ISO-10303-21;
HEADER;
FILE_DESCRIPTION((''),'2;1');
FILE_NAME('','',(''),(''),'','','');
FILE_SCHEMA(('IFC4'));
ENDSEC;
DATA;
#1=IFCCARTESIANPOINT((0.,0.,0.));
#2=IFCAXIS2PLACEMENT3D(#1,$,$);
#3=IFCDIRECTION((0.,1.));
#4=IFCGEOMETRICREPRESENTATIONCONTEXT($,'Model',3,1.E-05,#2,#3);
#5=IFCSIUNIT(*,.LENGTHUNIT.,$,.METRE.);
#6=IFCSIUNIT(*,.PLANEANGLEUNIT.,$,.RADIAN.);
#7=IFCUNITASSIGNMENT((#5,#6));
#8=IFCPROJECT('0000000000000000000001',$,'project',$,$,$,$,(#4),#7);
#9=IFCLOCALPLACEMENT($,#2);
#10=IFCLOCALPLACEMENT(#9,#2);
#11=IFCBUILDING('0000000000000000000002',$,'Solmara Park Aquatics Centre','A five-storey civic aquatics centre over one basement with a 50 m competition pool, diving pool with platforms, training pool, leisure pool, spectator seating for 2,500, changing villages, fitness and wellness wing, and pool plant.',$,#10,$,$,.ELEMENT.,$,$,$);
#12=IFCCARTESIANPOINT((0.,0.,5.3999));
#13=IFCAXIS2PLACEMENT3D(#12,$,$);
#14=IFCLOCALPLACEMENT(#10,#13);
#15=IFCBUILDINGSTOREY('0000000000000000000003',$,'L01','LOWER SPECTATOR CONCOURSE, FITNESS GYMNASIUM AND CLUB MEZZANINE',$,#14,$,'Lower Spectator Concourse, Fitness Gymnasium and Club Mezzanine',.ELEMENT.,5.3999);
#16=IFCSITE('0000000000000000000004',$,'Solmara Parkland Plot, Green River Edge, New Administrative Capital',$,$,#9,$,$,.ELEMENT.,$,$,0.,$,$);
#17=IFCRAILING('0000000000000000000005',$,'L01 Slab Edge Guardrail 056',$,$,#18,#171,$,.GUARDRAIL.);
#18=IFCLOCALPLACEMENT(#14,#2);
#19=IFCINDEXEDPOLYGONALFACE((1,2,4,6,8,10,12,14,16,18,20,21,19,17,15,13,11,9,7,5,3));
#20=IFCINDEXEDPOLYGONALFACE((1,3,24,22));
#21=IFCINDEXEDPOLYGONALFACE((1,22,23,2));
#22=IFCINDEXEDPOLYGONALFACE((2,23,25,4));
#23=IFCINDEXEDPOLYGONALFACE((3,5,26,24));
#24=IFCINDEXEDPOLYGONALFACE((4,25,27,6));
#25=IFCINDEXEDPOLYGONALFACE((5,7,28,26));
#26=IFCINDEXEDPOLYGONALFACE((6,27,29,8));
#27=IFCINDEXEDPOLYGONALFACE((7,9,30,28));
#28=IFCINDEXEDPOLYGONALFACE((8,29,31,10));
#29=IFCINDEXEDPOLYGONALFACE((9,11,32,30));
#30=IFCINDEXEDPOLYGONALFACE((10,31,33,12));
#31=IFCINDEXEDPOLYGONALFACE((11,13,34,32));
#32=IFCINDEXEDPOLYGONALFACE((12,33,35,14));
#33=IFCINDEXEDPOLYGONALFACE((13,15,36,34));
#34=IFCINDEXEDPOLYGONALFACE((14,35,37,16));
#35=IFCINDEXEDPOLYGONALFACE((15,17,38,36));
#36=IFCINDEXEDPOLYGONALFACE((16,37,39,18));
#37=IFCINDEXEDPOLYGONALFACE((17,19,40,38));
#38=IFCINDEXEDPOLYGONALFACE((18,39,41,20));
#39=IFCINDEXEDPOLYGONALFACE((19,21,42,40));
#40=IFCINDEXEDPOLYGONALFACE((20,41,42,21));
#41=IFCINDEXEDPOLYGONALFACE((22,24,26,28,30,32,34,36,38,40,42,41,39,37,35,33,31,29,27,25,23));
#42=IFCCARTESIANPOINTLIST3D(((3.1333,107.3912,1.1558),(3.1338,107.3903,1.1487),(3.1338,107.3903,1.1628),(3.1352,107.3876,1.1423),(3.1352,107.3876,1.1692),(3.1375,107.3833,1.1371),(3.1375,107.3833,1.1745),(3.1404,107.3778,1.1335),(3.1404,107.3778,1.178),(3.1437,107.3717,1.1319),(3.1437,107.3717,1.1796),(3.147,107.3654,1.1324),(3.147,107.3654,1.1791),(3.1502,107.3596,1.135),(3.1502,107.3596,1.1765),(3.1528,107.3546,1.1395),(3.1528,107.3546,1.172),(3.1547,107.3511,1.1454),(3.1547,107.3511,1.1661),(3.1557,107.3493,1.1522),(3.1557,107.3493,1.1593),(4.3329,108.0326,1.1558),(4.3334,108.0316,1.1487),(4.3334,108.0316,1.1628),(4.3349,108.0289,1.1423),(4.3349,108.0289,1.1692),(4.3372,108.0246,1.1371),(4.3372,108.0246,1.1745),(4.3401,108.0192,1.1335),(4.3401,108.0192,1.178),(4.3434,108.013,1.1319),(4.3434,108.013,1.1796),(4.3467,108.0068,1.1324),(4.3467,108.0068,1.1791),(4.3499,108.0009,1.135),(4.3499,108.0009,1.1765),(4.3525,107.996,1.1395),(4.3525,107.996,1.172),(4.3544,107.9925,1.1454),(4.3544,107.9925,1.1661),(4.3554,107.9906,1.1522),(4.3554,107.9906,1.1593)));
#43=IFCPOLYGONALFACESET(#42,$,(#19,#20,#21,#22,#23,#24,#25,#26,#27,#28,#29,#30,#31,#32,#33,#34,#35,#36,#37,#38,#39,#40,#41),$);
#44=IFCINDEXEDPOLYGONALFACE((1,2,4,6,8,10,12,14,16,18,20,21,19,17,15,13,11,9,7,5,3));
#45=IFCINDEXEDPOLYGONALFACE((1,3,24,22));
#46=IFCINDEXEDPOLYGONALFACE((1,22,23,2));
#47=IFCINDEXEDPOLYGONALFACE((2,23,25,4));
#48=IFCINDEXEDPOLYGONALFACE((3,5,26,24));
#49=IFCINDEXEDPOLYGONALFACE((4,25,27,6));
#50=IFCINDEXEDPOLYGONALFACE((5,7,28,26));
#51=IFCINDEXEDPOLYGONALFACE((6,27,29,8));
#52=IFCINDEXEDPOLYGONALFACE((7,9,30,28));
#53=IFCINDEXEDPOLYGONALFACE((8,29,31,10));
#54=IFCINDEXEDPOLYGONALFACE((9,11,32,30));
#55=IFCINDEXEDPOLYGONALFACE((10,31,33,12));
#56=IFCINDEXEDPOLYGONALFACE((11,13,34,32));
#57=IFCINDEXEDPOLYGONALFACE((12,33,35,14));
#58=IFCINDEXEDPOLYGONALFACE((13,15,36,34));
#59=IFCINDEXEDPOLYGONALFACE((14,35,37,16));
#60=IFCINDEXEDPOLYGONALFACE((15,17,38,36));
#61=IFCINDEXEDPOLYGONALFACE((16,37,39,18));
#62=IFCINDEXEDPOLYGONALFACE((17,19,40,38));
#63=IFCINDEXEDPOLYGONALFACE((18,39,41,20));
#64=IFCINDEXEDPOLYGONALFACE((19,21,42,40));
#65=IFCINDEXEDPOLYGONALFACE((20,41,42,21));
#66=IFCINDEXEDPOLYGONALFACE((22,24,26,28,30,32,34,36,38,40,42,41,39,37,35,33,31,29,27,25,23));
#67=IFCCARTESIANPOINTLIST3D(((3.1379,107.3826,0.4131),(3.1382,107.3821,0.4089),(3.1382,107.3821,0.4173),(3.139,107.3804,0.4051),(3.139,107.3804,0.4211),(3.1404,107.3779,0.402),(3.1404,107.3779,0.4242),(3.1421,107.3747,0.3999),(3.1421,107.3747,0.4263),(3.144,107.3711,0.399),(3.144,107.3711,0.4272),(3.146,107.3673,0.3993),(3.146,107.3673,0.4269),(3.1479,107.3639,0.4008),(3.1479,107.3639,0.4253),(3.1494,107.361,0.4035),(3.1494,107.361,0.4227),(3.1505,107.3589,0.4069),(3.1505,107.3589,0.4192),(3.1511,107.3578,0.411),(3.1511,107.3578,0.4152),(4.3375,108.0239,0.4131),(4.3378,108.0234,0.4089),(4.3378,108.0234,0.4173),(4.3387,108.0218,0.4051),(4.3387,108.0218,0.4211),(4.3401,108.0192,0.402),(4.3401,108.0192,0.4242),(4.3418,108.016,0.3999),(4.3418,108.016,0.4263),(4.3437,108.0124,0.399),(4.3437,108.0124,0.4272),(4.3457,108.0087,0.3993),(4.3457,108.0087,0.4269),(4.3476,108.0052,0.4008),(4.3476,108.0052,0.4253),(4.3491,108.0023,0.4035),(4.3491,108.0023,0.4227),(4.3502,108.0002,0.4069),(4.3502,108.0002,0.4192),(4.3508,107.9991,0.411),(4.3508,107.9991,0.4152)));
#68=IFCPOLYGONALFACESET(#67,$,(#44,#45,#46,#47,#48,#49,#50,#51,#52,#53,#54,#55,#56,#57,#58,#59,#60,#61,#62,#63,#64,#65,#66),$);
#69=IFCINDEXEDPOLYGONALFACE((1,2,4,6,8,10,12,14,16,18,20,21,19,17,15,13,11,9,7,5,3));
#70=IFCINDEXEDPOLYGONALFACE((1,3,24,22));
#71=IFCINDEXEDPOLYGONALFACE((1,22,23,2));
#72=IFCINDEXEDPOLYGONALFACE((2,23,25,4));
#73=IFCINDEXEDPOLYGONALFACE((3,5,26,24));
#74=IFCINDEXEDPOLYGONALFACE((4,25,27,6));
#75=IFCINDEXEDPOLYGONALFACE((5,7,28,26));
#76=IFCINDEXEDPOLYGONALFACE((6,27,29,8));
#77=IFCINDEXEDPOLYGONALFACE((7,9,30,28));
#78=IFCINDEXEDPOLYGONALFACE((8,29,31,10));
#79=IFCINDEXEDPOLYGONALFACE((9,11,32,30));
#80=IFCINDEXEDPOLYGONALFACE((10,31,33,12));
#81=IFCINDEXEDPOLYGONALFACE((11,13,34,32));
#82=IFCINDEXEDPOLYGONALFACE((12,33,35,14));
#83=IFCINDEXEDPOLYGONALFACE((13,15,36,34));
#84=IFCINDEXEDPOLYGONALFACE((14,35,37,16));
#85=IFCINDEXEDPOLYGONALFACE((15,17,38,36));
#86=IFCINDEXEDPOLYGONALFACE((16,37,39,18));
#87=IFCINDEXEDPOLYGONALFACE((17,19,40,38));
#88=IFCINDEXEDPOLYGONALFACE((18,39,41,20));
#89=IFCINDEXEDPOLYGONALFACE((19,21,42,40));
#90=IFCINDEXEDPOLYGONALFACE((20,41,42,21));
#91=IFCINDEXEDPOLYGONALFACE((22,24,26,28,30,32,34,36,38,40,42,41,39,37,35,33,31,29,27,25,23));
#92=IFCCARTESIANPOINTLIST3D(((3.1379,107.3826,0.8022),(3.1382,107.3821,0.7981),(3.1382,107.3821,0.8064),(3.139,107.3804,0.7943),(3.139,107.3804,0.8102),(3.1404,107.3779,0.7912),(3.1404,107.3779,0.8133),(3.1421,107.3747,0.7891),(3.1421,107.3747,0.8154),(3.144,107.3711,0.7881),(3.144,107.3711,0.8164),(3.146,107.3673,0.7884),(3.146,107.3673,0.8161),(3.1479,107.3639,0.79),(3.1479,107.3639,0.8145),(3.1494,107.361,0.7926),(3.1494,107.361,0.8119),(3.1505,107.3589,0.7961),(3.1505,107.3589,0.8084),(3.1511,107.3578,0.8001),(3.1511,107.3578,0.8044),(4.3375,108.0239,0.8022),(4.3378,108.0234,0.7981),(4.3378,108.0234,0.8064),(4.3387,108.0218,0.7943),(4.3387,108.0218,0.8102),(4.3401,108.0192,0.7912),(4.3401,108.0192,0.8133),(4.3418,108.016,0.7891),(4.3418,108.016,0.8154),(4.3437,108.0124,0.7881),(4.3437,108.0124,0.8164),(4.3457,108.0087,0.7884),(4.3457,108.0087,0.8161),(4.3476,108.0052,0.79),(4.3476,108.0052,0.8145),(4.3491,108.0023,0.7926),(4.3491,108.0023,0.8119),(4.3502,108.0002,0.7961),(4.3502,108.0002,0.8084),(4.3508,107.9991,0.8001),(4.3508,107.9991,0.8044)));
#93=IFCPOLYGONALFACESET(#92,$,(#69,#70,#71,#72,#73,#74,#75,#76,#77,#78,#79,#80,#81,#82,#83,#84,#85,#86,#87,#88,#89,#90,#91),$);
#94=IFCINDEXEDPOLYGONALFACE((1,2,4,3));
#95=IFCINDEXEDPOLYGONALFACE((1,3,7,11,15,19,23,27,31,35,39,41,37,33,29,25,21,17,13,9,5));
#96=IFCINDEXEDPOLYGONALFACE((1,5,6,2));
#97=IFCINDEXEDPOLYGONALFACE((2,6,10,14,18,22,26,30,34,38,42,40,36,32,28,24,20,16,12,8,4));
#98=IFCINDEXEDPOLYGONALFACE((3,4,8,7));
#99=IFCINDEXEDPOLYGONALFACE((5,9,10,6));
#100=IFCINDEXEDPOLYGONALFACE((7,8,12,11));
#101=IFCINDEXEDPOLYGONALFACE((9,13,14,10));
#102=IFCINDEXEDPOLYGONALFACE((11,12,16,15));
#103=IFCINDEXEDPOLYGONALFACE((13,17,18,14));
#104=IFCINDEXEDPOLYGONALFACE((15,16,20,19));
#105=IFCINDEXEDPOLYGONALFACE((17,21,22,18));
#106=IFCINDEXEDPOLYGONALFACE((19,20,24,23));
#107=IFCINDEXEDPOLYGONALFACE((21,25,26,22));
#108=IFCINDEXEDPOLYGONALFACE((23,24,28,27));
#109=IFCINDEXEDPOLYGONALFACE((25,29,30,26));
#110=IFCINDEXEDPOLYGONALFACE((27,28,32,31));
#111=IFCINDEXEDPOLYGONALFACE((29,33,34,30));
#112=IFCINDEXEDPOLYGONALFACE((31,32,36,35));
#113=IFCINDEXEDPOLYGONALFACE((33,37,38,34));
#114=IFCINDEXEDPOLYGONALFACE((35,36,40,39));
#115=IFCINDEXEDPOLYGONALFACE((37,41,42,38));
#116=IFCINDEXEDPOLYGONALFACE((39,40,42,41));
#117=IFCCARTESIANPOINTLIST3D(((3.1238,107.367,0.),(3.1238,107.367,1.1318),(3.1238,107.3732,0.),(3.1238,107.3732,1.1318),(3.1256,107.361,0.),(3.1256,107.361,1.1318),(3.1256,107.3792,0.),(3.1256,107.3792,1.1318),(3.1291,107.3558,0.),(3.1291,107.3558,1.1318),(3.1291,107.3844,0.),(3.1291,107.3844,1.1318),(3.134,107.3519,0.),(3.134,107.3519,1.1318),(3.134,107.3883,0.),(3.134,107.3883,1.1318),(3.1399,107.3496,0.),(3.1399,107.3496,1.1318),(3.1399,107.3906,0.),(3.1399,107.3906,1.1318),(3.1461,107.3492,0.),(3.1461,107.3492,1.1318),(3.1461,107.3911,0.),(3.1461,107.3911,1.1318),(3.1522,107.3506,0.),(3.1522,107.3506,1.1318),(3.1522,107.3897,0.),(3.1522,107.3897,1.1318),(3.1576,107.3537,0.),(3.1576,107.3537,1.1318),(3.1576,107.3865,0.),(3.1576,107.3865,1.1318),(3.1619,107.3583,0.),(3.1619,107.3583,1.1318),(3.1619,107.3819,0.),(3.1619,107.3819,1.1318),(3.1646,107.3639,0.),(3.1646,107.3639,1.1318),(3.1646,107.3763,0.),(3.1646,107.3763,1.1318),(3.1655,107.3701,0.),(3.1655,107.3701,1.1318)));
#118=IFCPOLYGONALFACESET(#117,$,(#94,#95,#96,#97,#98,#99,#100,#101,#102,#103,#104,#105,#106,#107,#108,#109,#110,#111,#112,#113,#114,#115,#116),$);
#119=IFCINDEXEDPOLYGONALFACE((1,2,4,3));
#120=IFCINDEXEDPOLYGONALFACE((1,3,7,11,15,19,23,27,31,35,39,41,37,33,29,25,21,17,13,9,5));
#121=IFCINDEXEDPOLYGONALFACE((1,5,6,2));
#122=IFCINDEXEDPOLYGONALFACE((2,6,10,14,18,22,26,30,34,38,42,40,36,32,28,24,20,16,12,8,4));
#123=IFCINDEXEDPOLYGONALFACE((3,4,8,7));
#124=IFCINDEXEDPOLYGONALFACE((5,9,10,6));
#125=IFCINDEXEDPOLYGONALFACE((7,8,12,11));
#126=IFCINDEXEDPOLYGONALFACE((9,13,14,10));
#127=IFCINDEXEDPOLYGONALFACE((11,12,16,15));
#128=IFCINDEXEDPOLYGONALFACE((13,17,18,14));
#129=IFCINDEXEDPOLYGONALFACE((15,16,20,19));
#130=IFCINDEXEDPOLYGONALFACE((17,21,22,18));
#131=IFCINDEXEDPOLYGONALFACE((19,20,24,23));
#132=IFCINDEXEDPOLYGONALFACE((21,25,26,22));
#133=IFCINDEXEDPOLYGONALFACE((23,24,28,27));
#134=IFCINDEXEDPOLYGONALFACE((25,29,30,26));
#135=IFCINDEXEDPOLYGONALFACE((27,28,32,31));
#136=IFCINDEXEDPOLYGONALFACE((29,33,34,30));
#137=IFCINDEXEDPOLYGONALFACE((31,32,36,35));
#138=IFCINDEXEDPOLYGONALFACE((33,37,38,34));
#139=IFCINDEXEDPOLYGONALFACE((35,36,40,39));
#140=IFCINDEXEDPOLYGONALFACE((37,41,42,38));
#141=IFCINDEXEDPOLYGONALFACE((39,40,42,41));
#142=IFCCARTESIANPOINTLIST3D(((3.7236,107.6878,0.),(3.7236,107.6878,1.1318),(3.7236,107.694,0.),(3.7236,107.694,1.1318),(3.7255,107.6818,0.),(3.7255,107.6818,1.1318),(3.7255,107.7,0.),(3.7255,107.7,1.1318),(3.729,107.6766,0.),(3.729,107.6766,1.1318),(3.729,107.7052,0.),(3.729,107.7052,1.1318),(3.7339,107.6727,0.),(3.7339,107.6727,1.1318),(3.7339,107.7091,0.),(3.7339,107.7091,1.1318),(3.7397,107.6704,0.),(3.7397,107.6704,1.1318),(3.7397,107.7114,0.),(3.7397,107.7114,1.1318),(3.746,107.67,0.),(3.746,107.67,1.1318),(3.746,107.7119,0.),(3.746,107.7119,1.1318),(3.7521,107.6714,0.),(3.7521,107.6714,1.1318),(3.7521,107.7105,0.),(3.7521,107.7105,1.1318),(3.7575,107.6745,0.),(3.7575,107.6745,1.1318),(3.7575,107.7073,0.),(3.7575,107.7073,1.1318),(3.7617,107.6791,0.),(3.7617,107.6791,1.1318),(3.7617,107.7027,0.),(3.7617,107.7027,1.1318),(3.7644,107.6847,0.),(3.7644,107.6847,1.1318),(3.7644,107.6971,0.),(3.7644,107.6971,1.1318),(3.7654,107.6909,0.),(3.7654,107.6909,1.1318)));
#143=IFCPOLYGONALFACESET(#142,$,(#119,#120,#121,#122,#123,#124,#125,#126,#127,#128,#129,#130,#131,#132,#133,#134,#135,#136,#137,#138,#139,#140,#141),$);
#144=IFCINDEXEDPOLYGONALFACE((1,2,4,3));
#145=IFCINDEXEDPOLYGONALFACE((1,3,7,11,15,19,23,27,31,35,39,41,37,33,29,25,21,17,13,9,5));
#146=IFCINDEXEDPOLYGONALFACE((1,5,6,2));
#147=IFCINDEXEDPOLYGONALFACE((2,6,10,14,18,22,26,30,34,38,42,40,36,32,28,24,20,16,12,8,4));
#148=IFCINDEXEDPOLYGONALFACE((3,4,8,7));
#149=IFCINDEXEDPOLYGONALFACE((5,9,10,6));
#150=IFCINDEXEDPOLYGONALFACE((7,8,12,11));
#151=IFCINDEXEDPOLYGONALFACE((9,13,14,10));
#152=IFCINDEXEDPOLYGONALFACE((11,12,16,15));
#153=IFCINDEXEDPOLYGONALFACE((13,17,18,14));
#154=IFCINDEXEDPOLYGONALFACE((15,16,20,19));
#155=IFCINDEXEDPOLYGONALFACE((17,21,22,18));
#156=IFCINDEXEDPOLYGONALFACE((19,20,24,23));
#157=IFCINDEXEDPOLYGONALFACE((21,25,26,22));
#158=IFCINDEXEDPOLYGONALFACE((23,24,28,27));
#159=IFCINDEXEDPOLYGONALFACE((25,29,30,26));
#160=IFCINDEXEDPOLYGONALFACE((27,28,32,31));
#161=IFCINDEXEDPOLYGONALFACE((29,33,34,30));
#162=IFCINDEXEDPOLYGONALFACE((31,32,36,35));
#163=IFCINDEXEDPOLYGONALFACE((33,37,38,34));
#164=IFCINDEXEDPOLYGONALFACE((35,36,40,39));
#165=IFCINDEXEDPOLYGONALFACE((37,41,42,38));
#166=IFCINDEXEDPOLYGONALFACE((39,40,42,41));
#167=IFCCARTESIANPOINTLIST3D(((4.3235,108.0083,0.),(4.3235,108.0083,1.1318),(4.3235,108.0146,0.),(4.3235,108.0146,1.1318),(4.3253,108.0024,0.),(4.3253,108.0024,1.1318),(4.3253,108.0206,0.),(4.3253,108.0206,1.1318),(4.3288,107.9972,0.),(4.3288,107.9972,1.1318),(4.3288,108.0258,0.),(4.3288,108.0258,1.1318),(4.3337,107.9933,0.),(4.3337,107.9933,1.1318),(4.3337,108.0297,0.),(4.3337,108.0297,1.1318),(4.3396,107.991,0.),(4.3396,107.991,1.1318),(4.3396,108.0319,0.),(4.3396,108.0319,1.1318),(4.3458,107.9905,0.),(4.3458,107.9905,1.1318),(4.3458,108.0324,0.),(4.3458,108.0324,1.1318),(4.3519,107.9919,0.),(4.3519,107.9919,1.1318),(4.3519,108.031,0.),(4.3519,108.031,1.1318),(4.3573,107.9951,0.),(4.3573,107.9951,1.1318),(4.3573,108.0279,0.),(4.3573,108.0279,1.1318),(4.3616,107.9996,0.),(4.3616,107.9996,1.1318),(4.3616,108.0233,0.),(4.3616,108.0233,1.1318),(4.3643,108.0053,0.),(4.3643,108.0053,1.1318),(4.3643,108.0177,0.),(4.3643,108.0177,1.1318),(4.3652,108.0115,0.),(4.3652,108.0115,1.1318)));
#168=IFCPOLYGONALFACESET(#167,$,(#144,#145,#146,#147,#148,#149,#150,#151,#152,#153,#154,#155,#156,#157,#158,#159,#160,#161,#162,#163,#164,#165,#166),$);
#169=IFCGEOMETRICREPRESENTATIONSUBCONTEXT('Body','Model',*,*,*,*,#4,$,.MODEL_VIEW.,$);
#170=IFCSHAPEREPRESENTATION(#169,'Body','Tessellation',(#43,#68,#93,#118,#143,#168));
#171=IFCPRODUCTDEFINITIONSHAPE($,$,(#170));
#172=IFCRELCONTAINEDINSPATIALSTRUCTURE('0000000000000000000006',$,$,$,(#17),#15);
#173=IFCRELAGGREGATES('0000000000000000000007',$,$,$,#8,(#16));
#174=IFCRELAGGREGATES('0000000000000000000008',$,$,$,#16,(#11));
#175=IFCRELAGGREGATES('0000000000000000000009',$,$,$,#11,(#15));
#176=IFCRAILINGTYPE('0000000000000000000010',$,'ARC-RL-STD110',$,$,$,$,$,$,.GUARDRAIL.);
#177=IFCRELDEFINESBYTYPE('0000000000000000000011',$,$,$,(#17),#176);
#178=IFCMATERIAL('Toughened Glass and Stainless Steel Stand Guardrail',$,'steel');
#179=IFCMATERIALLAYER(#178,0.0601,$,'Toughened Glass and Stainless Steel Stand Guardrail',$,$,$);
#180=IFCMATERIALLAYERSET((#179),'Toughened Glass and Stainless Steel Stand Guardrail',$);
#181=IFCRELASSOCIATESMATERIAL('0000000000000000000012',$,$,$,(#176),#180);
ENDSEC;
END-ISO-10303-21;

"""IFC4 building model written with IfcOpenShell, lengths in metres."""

from ifc_helpers import new_model, si_unit, direction, frame, origin, origin_2d, place, context, subcontext, project, spatial, circle, extrude, material, layer, layer_set, type_object, element, save


model = new_model("IFC4")

# Units and contexts
model_context = context("Model", 3, precision=1e-05, world=origin(), true_north=direction((0.0, 1.0)))
body_context = subcontext(model_context, "Body", "Model", "MODEL_VIEW")
ifc_project = project(units=[si_unit("LENGTHUNIT", "METRE"), si_unit("PLANEANGLEUNIT", "RADIAN")], contexts=[model_context])

# Site, building, storey
site_placement = place(None, origin())
site = spatial("IfcSite", under=ifc_project, at=site_placement, Name="Solmara Parkland Plot, Green River Edge, New Administrative Capital", CompositionType="ELEMENT", RefElevation=0.0)
building_placement = place(site_placement, origin())
building = spatial("IfcBuilding", under=site, at=building_placement, Name="Solmara Park Aquatics Centre", Description="A five-storey civic aquatics centre over one basement with a 50 m competition pool, diving pool with platforms, training pool, leisure pool, spectator seating for 2,500, changing villages, fitness and wellness wing, and pool plant.", CompositionType="ELEMENT")
storey_placement = place(building_placement, frame((0.0, 0.0, 5.3999)))
storey = spatial("IfcBuildingStorey", under=building, at=storey_placement, Name="L01", Description="LOWER SPECTATOR CONCOURSE, FITNESS GYMNASIUM AND CLUB MEZZANINE", LongName="Lower Spectator Concourse, Fitness Gymnasium and Club Mezzanine", CompositionType="ELEMENT", Elevation=5.3999)

# Railing
ifc_material_1 = material(Name="Toughened Glass and Stainless Steel Stand Guardrail", Category="steel")
ifc_layer_1 = layer(ifc_material_1, 0.0601, Name="Toughened Glass and Stainless Steel Stand Guardrail")
ifc_layer_set_1 = layer_set([ifc_layer_1], Name="Toughened Glass and Stainless Steel Stand Guardrail")
railing_type = type_object("IfcRailingType", Name="ARC-RL-STD110", PredefinedType="GUARDRAIL", material=ifc_layer_set_1)
railing_1_placement = place(storey_placement, frame((3.1445, 107.3701, 0.0)))
element("IfcRailing", 1, at=railing_1_placement, inside=storey, type_object=railing_type, Name="L01 Slab Edge Guardrail 056", PredefinedType="GUARDRAIL", context=body_context, shape_type="SweptSolid", body=[
    extrude(circle(Radius=0.0239, at=origin_2d()), frame((0.0, 0.0, 1.1558), z_axis=(0.881891, 0.471454, 0.0), x_axis=(-0.471454, 0.881891, 0.0)), (0.0, 0.0, 1.0), 1.3604),
    extrude(circle(Radius=0.0142, at=origin_2d()), frame((0.0, 0.0, 0.4131), z_axis=(0.881891, 0.471454, 0.0), x_axis=(-0.471454, 0.881891, 0.0)), (0.0, 0.0, 1.0), 1.3604),
    extrude(circle(Radius=0.0142, at=origin_2d()), frame((0.0, 0.0, 0.8022), z_axis=(0.881891, 0.471454, 0.0), x_axis=(-0.471454, 0.881891, 0.0)), (0.0, 0.0, 1.0), 1.3604),
    extrude(circle(Radius=0.021, at=origin_2d()), origin(), (0.0, 0.0, 1.0), 1.1318),
    extrude(circle(Radius=0.021, at=origin_2d()), frame((0.5999, 0.3208, 0.0)), (0.0, 0.0, 1.0), 1.1318),
    extrude(circle(Radius=0.021, at=origin_2d()), frame((1.1997, 0.6414, 0.0)), (0.0, 0.0, 1.0), 1.1318),
])

save(model, "model.ifc")
